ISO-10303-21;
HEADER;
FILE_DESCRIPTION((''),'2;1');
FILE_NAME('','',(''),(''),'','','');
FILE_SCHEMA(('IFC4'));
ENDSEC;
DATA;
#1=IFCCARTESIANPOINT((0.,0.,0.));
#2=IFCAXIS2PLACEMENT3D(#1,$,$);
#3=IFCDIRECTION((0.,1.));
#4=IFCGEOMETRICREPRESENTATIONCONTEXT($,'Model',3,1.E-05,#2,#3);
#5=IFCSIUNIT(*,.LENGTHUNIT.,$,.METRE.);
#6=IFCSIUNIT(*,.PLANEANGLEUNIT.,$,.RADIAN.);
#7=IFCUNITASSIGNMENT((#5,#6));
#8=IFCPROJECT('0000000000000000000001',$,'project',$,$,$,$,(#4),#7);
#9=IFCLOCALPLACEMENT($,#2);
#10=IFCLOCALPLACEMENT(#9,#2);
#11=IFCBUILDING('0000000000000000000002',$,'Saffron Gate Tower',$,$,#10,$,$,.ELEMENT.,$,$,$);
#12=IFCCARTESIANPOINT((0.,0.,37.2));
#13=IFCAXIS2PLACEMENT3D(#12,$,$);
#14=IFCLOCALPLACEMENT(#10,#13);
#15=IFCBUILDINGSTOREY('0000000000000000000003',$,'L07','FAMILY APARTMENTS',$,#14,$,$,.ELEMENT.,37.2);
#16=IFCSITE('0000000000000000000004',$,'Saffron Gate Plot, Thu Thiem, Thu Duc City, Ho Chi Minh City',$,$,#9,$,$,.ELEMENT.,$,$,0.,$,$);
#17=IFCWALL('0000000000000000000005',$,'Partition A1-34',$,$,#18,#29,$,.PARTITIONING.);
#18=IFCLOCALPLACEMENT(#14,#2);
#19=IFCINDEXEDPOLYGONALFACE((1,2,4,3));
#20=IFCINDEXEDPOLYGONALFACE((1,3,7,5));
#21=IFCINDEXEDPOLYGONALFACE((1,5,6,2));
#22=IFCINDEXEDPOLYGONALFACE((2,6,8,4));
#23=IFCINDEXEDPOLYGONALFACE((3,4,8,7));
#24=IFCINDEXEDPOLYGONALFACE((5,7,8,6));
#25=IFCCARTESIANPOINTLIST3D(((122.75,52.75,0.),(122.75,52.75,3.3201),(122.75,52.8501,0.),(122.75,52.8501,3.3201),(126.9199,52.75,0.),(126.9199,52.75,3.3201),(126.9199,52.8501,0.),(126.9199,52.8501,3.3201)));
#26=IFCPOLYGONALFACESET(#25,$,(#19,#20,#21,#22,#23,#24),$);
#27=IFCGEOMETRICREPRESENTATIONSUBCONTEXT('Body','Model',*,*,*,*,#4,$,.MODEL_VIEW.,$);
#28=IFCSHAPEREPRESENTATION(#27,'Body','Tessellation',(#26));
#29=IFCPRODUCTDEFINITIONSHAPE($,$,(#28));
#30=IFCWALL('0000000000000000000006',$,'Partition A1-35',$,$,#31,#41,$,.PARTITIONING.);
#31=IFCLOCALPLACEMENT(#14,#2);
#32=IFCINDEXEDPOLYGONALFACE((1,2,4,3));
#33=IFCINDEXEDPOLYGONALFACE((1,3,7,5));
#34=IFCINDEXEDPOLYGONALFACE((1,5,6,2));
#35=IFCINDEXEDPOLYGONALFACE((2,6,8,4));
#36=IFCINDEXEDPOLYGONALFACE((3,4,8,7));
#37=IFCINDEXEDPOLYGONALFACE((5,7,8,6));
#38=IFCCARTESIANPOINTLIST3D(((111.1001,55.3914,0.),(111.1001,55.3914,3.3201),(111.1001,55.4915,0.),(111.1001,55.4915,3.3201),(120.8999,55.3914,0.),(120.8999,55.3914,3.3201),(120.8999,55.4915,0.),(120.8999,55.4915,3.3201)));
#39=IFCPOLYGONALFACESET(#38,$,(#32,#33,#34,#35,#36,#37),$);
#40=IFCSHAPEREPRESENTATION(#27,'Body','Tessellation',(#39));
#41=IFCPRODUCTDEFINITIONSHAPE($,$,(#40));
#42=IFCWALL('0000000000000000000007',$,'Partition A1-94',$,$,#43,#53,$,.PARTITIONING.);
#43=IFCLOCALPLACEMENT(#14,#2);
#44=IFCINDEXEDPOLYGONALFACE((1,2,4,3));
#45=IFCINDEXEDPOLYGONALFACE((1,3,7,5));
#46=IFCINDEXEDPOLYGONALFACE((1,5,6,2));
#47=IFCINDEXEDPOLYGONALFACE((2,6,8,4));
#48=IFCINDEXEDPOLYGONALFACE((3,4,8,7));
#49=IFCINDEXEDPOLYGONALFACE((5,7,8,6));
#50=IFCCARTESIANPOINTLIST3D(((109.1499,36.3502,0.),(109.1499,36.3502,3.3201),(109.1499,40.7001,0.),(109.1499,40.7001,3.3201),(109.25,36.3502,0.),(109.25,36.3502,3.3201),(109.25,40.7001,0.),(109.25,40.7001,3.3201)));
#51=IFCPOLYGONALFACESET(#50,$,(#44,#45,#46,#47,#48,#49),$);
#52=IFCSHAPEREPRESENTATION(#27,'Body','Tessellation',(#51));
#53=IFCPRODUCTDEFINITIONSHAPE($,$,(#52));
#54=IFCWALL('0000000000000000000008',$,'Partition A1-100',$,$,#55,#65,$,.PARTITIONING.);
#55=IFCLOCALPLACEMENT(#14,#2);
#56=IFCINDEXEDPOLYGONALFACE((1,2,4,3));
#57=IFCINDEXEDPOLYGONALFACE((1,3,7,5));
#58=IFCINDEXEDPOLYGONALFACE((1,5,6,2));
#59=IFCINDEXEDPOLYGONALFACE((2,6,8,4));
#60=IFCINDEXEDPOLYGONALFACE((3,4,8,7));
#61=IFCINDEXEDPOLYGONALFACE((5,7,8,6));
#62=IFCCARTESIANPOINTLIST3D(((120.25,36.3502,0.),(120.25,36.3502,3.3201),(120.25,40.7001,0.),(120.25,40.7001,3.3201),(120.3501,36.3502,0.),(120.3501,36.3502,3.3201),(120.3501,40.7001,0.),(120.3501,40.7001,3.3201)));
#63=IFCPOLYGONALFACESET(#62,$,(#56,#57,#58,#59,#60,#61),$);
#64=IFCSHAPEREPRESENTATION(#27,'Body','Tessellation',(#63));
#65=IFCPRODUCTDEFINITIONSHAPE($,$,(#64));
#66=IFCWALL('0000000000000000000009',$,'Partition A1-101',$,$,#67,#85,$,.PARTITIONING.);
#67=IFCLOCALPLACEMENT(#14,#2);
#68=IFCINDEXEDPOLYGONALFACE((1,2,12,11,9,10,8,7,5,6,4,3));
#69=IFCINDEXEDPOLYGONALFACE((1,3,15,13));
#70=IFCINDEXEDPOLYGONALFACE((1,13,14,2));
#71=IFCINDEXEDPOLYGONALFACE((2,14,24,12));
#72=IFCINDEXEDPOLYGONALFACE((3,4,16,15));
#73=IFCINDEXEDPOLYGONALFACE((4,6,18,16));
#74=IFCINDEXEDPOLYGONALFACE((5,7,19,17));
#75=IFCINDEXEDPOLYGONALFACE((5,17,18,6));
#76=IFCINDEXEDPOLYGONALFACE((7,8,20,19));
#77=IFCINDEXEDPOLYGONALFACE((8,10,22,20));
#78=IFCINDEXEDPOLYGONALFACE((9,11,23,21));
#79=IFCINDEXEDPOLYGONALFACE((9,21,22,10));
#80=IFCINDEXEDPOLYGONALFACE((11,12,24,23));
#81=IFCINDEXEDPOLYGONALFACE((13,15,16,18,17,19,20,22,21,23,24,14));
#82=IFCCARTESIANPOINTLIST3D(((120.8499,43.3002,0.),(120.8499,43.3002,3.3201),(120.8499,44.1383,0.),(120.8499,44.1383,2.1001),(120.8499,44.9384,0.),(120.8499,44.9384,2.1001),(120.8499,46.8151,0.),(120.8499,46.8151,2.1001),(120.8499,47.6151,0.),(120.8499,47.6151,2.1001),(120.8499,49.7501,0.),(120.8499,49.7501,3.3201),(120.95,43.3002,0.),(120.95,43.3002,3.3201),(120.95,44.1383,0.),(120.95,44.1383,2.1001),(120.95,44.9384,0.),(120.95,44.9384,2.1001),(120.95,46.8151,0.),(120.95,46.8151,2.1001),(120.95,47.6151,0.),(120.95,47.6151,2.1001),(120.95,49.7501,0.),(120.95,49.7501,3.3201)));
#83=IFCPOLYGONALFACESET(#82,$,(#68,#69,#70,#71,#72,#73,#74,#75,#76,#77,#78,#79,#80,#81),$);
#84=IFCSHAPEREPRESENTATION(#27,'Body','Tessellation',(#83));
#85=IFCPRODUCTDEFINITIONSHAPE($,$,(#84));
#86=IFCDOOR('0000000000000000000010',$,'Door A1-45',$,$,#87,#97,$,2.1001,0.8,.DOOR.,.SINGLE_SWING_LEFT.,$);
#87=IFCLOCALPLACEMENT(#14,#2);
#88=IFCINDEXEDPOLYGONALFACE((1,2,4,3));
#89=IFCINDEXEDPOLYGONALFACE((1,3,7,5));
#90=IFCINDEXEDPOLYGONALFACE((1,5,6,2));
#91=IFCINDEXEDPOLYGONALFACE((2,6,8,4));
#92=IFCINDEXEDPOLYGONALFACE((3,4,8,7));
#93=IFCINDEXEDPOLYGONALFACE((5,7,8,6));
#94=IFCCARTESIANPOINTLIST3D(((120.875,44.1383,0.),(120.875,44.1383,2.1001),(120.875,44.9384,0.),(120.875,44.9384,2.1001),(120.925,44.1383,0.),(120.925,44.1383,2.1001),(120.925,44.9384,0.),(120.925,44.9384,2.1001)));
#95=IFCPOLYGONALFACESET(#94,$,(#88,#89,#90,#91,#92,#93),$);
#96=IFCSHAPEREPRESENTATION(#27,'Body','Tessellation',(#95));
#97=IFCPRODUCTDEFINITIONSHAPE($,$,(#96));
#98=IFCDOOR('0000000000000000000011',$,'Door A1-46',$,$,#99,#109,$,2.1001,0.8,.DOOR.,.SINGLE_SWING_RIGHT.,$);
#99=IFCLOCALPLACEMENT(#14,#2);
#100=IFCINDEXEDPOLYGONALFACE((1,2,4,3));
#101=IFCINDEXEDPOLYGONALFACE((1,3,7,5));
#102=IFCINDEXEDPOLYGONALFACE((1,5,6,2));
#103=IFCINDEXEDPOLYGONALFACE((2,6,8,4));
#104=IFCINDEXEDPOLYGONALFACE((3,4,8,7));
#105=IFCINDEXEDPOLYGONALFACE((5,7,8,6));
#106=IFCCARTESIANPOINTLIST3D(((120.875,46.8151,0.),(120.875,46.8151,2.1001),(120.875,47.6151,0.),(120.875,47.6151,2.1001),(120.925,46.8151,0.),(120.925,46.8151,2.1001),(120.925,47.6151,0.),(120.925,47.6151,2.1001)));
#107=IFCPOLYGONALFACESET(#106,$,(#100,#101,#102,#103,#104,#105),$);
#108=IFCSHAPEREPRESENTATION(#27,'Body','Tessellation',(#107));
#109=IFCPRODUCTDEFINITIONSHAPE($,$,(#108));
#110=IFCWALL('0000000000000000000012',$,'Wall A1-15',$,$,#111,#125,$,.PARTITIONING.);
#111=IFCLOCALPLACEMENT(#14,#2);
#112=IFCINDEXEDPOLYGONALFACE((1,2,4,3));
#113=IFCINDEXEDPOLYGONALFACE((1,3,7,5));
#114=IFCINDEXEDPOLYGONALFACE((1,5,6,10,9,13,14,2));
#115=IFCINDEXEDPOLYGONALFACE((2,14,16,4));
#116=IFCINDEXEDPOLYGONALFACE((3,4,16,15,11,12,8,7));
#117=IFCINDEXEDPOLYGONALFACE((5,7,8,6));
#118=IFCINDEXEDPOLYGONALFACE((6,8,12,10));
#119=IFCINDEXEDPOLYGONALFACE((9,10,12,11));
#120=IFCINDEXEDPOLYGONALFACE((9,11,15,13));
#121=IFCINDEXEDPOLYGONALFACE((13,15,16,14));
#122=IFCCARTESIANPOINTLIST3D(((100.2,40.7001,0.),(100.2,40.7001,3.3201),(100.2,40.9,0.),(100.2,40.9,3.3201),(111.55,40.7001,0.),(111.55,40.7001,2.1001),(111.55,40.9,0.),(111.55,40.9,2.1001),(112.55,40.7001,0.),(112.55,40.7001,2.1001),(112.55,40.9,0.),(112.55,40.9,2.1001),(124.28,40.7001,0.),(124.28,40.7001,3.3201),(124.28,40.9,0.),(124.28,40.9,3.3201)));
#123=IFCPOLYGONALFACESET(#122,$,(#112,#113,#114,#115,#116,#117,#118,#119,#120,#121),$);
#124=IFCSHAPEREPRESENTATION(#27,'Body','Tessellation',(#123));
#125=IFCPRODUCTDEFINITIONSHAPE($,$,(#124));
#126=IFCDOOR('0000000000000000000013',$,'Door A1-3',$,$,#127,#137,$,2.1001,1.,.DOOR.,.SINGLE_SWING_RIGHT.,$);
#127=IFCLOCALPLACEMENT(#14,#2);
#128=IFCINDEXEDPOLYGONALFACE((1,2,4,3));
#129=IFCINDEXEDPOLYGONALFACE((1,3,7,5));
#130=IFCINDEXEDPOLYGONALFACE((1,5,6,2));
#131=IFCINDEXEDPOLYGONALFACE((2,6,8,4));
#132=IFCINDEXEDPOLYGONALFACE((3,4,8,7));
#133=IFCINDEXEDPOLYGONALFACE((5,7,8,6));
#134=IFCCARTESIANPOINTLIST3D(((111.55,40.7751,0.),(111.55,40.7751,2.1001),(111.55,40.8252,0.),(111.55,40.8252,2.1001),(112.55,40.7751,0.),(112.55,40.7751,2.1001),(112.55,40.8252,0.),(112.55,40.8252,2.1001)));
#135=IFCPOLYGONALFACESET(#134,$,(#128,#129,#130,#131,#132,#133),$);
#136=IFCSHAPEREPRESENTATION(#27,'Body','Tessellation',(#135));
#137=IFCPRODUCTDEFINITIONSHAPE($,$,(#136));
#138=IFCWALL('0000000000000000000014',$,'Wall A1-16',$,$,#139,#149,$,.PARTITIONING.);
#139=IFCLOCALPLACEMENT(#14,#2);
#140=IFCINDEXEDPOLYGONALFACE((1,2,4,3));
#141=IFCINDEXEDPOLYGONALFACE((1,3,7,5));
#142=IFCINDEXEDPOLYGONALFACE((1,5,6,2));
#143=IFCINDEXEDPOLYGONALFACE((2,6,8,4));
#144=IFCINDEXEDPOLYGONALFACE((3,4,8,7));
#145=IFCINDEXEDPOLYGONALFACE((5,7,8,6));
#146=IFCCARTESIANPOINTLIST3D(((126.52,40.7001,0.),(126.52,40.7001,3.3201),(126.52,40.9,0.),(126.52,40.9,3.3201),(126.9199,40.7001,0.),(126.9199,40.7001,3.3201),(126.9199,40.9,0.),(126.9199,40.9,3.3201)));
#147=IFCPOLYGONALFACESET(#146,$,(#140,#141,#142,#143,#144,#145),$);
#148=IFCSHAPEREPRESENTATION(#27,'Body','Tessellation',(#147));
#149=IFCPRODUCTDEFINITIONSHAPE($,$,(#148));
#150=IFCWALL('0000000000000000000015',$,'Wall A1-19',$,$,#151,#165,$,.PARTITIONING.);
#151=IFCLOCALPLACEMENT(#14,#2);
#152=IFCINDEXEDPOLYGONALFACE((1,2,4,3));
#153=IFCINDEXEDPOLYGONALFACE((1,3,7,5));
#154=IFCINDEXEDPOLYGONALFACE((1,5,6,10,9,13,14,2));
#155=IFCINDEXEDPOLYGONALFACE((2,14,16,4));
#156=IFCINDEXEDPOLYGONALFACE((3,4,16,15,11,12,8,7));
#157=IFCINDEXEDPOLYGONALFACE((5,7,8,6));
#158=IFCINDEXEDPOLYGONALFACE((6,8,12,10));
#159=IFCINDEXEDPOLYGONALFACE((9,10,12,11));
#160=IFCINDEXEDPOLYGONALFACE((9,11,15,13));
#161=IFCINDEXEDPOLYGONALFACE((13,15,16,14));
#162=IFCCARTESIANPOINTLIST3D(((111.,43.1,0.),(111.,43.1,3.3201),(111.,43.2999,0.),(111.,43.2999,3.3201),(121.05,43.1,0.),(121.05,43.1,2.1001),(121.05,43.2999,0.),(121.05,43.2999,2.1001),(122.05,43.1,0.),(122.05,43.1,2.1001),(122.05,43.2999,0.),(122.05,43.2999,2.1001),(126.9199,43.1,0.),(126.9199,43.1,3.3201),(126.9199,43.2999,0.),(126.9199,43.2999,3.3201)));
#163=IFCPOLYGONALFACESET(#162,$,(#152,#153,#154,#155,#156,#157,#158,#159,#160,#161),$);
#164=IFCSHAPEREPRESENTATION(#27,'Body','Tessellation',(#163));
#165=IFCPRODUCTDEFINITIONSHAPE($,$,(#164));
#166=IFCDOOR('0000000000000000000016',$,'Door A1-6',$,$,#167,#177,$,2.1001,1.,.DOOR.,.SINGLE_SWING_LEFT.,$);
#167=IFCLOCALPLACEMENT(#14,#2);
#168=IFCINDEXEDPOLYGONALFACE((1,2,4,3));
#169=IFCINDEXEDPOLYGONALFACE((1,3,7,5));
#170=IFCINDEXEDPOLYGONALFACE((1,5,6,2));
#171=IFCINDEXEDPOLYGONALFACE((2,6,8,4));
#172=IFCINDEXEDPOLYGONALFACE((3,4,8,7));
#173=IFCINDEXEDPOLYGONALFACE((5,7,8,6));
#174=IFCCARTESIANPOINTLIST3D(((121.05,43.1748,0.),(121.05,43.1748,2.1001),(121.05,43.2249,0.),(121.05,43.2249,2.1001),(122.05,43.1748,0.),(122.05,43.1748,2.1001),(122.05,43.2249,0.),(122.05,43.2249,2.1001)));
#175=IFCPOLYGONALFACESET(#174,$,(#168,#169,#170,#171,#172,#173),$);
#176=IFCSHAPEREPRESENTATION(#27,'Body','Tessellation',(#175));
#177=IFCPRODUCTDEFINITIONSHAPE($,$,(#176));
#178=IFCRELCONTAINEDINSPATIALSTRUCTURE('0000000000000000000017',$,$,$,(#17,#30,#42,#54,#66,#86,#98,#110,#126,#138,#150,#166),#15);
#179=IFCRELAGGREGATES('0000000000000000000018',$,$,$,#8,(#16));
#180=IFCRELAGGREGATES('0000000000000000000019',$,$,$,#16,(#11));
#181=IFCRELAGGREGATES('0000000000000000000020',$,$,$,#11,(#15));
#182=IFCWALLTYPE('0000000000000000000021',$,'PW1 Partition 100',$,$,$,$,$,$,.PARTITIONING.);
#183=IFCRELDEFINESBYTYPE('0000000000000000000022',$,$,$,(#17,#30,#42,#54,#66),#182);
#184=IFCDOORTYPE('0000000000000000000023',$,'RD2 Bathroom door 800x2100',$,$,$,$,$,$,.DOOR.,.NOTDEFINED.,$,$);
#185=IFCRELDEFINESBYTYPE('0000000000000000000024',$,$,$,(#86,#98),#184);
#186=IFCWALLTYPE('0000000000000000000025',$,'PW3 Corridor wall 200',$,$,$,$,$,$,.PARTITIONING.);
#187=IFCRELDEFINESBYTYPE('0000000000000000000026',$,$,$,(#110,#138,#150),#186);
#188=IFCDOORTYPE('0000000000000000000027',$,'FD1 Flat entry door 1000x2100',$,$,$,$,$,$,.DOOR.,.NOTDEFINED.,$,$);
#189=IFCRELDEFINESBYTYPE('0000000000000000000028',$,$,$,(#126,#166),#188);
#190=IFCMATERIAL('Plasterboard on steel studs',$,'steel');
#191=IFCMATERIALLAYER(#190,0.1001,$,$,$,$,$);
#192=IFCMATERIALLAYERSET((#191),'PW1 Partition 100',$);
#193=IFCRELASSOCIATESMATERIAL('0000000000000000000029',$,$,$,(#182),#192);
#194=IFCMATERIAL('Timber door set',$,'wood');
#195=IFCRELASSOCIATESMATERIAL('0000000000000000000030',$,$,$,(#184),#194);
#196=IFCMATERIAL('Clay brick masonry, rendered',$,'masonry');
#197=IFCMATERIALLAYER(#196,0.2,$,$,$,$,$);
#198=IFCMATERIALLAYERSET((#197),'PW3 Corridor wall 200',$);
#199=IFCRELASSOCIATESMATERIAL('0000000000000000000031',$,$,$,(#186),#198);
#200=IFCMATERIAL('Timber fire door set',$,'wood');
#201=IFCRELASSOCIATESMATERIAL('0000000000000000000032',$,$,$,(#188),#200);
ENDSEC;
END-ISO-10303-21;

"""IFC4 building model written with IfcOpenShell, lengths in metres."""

from ifc_helpers import new_model, si_unit, direction, frame, frame_2d, origin, place, context, subcontext, project, spatial, rectangle, extrude, material, layer, layer_set, type_object, element, fill, save


model = new_model("IFC4")

# Units and contexts
model_context = context("Model", 3, precision=1e-05, world=origin(), true_north=direction((0.0, 1.0)))
body_context = subcontext(model_context, "Body", "Model", "MODEL_VIEW")
ifc_project = project(units=[si_unit("LENGTHUNIT", "METRE"), si_unit("PLANEANGLEUNIT", "RADIAN")], contexts=[model_context])

# Site, building, storey
site_placement = place(None, origin())
site = spatial("IfcSite", under=ifc_project, at=site_placement, Name="Saffron Gate Plot, Thu Thiem, Thu Duc City, Ho Chi Minh City", CompositionType="ELEMENT", RefElevation=0.0)
building_placement = place(site_placement, origin())
building = spatial("IfcBuilding", under=site, at=building_placement, Name="Saffron Gate Tower", CompositionType="ELEMENT")
storey_placement = place(building_placement, frame((0.0, 0.0, 37.2)))
storey = spatial("IfcBuildingStorey", under=building, at=storey_placement, Name="L07", Description="FAMILY APARTMENTS", CompositionType="ELEMENT", Elevation=37.2)

# Shared definitions
ifc_material_1 = material(Name="Plasterboard on steel studs", Category="steel")
ifc_layer_1 = layer(ifc_material_1, 0.1001)
ifc_layer_set_1 = layer_set([ifc_layer_1], Name="PW1 Partition 100")
wall_type_1 = type_object("IfcWallType", Name="PW1 Partition 100", PredefinedType="PARTITIONING", material=ifc_layer_set_1)

# Shared definitions
ifc_material_2 = material(Name="Timber door set", Category="wood")

# Walls
wall_1_placement = place(storey_placement, frame((122.75, 52.8, 0.0), z_axis=(0.0, 0.0, 1.0), x_axis=(1.0, 0.0, 0.0)))
element("IfcWall", 1, at=wall_1_placement, inside=storey, type_object=wall_type_1, Name="Partition A1-34", PredefinedType="PARTITIONING", context=body_context, shape_type="SweptSolid", body=[
    extrude(rectangle(XDim=4.1699, YDim=0.1001, at=frame_2d((2.085, 0.0))), origin(), (0.0, 0.0, 1.0), 3.3201),
])
wall_2_placement = place(storey_placement, frame((111.1001, 55.4414, 0.0), z_axis=(0.0, 0.0, 1.0), x_axis=(1.0, 0.0, 0.0)))
element("IfcWall", 2, at=wall_2_placement, inside=storey, type_object=wall_type_1, Name="Partition A1-35", PredefinedType="PARTITIONING", context=body_context, shape_type="SweptSolid", body=[
    extrude(rectangle(XDim=9.7998, YDim=0.1001, at=frame_2d((4.8999, 0.0))), origin(), (0.0, 0.0, 1.0), 3.3201),
])
for number, where, z_axis, x_axis, name in (
    (3, (109.2, 40.7, 0.0), (0.0, 0.0, 1.0), (0.0, -1.0, 0.0), "Partition A1-94"),
    (4, (120.3, 40.7, 0.0), (0.0, 0.0, 1.0), (0.0, -1.0, 0.0), "Partition A1-100"),
):
    element("IfcWall", number, at=place(storey_placement, frame(where, z_axis=z_axis, x_axis=x_axis)), inside=storey, type_object=wall_type_1, Name=name, PredefinedType="PARTITIONING", context=body_context, shape_type="SweptSolid", body=[
        extrude(rectangle(XDim=4.3499, YDim=0.1001, at=frame_2d((2.1748, 0.0))), origin(), (0.0, 0.0, 1.0), 3.3201),
    ])

# Wall, openings, doors
wall_3_placement = place(storey_placement, frame((120.8999, 43.3, 0.0), z_axis=(0.0, 0.0, 1.0), x_axis=(0.0, 1.0, 0.0)))
wall_3 = element("IfcWall", 5, at=wall_3_placement, inside=storey, type_object=wall_type_1, Name="Partition A1-101", PredefinedType="PARTITIONING", context=body_context, shape_type="SweptSolid", body=[
    extrude(rectangle(XDim=6.45, YDim=0.1001, at=frame_2d((3.2251, 0.0))), origin(), (0.0, 0.0, 1.0), 3.3201),
])
opening_1_placement = place(wall_3_placement, frame((0.8384, 0.0, 0.0)))
opening_1 = element("IfcOpeningElement", 6, at=opening_1_placement, cuts=wall_3, PredefinedType="OPENING", context=body_context, shape_type="SweptSolid", body=[
    extrude(rectangle(XDim=0.8, YDim=2.1001, at=frame_2d((0.3999, 1.05))), frame((0.0, 0.0601, 0.0), z_axis=(0.0, -1.0, 0.0), x_axis=(1.0, 0.0, 0.0)), (0.0, 0.0, 1.0), 0.1201),
])
opening_2_placement = place(wall_3_placement, frame((3.5151, 0.0, 0.0)))
opening_2 = element("IfcOpeningElement", 7, at=opening_2_placement, cuts=wall_3, PredefinedType="OPENING", context=body_context, shape_type="SweptSolid", body=[
    extrude(rectangle(XDim=0.8, YDim=2.1001, at=frame_2d((0.3999, 1.05))), frame((0.0, 0.0601, 0.0), z_axis=(0.0, -1.0, 0.0), x_axis=(1.0, 0.0, 0.0)), (0.0, 0.0, 1.0), 0.1201),
])
door_type_1 = type_object("IfcDoorType", Name="RD2 Bathroom door 800x2100", OperationType="NOTDEFINED", PredefinedType="DOOR", material=ifc_material_2)
door_1_placement = place(opening_1_placement, origin())
door_1 = element("IfcDoor", 8, at=door_1_placement, inside=storey, type_object=door_type_1, Name="Door A1-45", OperationType="SINGLE_SWING_LEFT", OverallHeight=2.1001, OverallWidth=0.8, PredefinedType="DOOR", context=body_context, shape_type="SweptSolid", body=[
    extrude(rectangle(XDim=0.8, YDim=2.1001, at=frame_2d((0.3999, 1.05))), frame((0.0, 0.0249, 0.0), z_axis=(0.0, -1.0, 0.0), x_axis=(1.0, 0.0, 0.0)), (0.0, 0.0, 1.0), 0.05),
])
fill(opening_1, door_1)
door_2_placement = place(opening_2_placement, origin())
door_2 = element("IfcDoor", 9, at=door_2_placement, inside=storey, type_object=door_type_1, Name="Door A1-46", OperationType="SINGLE_SWING_RIGHT", OverallHeight=2.1001, OverallWidth=0.8, PredefinedType="DOOR", context=body_context, shape_type="SweptSolid", body=[
    extrude(rectangle(XDim=0.8, YDim=2.1001, at=frame_2d((0.3999, 1.05))), frame((0.0, 0.0249, 0.0), z_axis=(0.0, -1.0, 0.0), x_axis=(1.0, 0.0, 0.0)), (0.0, 0.0, 1.0), 0.05),
])
fill(opening_2, door_2)

# Wall, opening, door
ifc_material_3 = material(Name="Clay brick masonry, rendered", Category="masonry")
ifc_layer_2 = layer(ifc_material_3, 0.2)
ifc_layer_set_2 = layer_set([ifc_layer_2], Name="PW3 Corridor wall 200")
wall_type_2 = type_object("IfcWallType", Name="PW3 Corridor wall 200", PredefinedType="PARTITIONING", material=ifc_layer_set_2)
wall_4_placement = place(storey_placement, frame((124.28, 40.8, 0.0), z_axis=(0.0, 0.0, 1.0), x_axis=(-1.0, 0.0, 0.0)))
wall_4 = element("IfcWall", 10, at=wall_4_placement, inside=storey, type_object=wall_type_2, Name="Wall A1-15", PredefinedType="PARTITIONING", context=body_context, shape_type="SweptSolid", body=[
    extrude(rectangle(XDim=24.0801, YDim=0.2, at=frame_2d((12.04, 0.0))), origin(), (0.0, 0.0, 1.0), 3.3201),
])
opening_3_placement = place(wall_4_placement, frame((11.73, 0.0, 0.0)))
opening_3 = element("IfcOpeningElement", 11, at=opening_3_placement, cuts=wall_4, PredefinedType="OPENING", context=body_context, shape_type="SweptSolid", body=[
    extrude(rectangle(XDim=1.0, YDim=2.1001, at=frame_2d((0.5, 1.05))), frame((0.0, 0.1099, 0.0), z_axis=(0.0, -1.0, 0.0), x_axis=(1.0, 0.0, 0.0)), (0.0, 0.0, 1.0), 0.22),
])
ifc_material_4 = material(Name="Timber fire door set", Category="wood")
door_type_2 = type_object("IfcDoorType", Name="FD1 Flat entry door 1000x2100", OperationType="NOTDEFINED", PredefinedType="DOOR", material=ifc_material_4)
door_3_placement = place(opening_3_placement, origin())
door_3 = element("IfcDoor", 12, at=door_3_placement, inside=storey, type_object=door_type_2, Name="Door A1-3", OperationType="SINGLE_SWING_RIGHT", OverallHeight=2.1001, OverallWidth=1.0, PredefinedType="DOOR", context=body_context, shape_type="SweptSolid", body=[
    extrude(rectangle(XDim=1.0, YDim=2.1001, at=frame_2d((0.5, 1.05))), frame((0.0, 0.0249, 0.0), z_axis=(0.0, -1.0, 0.0), x_axis=(1.0, 0.0, 0.0)), (0.0, 0.0, 1.0), 0.05),
])
fill(opening_3, door_3)

# Wall
wall_5_placement = place(storey_placement, frame((126.52, 40.8, 0.0), z_axis=(0.0, 0.0, 1.0), x_axis=(1.0, 0.0, 0.0)))
element("IfcWall", 13, at=wall_5_placement, inside=storey, type_object=wall_type_2, Name="Wall A1-16", PredefinedType="PARTITIONING", context=body_context, shape_type="SweptSolid", body=[
    extrude(rectangle(XDim=0.3999, YDim=0.2, at=frame_2d((0.2, 0.0))), origin(), (0.0, 0.0, 1.0), 3.3201),
])

# Wall, opening, door
wall_6_placement = place(storey_placement, frame((111.0, 43.2, 0.0), z_axis=(0.0, 0.0, 1.0), x_axis=(1.0, 0.0, 0.0)))
wall_6 = element("IfcWall", 14, at=wall_6_placement, inside=storey, type_object=wall_type_2, Name="Wall A1-19", PredefinedType="PARTITIONING", context=body_context, shape_type="SweptSolid", body=[
    extrude(rectangle(XDim=15.9199, YDim=0.2, at=frame_2d((7.96, 0.0))), origin(), (0.0, 0.0, 1.0), 3.3201),
])
opening_4_placement = place(wall_6_placement, frame((10.05, 0.0, 0.0)))
opening_4 = element("IfcOpeningElement", 15, at=opening_4_placement, cuts=wall_6, PredefinedType="OPENING", context=body_context, shape_type="SweptSolid", body=[
    extrude(rectangle(XDim=1.0, YDim=2.1001, at=frame_2d((0.5, 1.05))), frame((0.0, 0.1099, 0.0), z_axis=(0.0, -1.0, 0.0), x_axis=(1.0, 0.0, 0.0)), (0.0, 0.0, 1.0), 0.22),
])
door_4_placement = place(opening_4_placement, origin())
door_4 = element("IfcDoor", 16, at=door_4_placement, inside=storey, type_object=door_type_2, Name="Door A1-6", OperationType="SINGLE_SWING_LEFT", OverallHeight=2.1001, OverallWidth=1.0, PredefinedType="DOOR", context=body_context, shape_type="SweptSolid", body=[
    extrude(rectangle(XDim=1.0, YDim=2.1001, at=frame_2d((0.5, 1.05))), frame((0.0, 0.0249, 0.0), z_axis=(0.0, -1.0, 0.0), x_axis=(1.0, 0.0, 0.0)), (0.0, 0.0, 1.0), 0.05),
])
fill(opening_4, door_4)

save(model, "model.ifc")
